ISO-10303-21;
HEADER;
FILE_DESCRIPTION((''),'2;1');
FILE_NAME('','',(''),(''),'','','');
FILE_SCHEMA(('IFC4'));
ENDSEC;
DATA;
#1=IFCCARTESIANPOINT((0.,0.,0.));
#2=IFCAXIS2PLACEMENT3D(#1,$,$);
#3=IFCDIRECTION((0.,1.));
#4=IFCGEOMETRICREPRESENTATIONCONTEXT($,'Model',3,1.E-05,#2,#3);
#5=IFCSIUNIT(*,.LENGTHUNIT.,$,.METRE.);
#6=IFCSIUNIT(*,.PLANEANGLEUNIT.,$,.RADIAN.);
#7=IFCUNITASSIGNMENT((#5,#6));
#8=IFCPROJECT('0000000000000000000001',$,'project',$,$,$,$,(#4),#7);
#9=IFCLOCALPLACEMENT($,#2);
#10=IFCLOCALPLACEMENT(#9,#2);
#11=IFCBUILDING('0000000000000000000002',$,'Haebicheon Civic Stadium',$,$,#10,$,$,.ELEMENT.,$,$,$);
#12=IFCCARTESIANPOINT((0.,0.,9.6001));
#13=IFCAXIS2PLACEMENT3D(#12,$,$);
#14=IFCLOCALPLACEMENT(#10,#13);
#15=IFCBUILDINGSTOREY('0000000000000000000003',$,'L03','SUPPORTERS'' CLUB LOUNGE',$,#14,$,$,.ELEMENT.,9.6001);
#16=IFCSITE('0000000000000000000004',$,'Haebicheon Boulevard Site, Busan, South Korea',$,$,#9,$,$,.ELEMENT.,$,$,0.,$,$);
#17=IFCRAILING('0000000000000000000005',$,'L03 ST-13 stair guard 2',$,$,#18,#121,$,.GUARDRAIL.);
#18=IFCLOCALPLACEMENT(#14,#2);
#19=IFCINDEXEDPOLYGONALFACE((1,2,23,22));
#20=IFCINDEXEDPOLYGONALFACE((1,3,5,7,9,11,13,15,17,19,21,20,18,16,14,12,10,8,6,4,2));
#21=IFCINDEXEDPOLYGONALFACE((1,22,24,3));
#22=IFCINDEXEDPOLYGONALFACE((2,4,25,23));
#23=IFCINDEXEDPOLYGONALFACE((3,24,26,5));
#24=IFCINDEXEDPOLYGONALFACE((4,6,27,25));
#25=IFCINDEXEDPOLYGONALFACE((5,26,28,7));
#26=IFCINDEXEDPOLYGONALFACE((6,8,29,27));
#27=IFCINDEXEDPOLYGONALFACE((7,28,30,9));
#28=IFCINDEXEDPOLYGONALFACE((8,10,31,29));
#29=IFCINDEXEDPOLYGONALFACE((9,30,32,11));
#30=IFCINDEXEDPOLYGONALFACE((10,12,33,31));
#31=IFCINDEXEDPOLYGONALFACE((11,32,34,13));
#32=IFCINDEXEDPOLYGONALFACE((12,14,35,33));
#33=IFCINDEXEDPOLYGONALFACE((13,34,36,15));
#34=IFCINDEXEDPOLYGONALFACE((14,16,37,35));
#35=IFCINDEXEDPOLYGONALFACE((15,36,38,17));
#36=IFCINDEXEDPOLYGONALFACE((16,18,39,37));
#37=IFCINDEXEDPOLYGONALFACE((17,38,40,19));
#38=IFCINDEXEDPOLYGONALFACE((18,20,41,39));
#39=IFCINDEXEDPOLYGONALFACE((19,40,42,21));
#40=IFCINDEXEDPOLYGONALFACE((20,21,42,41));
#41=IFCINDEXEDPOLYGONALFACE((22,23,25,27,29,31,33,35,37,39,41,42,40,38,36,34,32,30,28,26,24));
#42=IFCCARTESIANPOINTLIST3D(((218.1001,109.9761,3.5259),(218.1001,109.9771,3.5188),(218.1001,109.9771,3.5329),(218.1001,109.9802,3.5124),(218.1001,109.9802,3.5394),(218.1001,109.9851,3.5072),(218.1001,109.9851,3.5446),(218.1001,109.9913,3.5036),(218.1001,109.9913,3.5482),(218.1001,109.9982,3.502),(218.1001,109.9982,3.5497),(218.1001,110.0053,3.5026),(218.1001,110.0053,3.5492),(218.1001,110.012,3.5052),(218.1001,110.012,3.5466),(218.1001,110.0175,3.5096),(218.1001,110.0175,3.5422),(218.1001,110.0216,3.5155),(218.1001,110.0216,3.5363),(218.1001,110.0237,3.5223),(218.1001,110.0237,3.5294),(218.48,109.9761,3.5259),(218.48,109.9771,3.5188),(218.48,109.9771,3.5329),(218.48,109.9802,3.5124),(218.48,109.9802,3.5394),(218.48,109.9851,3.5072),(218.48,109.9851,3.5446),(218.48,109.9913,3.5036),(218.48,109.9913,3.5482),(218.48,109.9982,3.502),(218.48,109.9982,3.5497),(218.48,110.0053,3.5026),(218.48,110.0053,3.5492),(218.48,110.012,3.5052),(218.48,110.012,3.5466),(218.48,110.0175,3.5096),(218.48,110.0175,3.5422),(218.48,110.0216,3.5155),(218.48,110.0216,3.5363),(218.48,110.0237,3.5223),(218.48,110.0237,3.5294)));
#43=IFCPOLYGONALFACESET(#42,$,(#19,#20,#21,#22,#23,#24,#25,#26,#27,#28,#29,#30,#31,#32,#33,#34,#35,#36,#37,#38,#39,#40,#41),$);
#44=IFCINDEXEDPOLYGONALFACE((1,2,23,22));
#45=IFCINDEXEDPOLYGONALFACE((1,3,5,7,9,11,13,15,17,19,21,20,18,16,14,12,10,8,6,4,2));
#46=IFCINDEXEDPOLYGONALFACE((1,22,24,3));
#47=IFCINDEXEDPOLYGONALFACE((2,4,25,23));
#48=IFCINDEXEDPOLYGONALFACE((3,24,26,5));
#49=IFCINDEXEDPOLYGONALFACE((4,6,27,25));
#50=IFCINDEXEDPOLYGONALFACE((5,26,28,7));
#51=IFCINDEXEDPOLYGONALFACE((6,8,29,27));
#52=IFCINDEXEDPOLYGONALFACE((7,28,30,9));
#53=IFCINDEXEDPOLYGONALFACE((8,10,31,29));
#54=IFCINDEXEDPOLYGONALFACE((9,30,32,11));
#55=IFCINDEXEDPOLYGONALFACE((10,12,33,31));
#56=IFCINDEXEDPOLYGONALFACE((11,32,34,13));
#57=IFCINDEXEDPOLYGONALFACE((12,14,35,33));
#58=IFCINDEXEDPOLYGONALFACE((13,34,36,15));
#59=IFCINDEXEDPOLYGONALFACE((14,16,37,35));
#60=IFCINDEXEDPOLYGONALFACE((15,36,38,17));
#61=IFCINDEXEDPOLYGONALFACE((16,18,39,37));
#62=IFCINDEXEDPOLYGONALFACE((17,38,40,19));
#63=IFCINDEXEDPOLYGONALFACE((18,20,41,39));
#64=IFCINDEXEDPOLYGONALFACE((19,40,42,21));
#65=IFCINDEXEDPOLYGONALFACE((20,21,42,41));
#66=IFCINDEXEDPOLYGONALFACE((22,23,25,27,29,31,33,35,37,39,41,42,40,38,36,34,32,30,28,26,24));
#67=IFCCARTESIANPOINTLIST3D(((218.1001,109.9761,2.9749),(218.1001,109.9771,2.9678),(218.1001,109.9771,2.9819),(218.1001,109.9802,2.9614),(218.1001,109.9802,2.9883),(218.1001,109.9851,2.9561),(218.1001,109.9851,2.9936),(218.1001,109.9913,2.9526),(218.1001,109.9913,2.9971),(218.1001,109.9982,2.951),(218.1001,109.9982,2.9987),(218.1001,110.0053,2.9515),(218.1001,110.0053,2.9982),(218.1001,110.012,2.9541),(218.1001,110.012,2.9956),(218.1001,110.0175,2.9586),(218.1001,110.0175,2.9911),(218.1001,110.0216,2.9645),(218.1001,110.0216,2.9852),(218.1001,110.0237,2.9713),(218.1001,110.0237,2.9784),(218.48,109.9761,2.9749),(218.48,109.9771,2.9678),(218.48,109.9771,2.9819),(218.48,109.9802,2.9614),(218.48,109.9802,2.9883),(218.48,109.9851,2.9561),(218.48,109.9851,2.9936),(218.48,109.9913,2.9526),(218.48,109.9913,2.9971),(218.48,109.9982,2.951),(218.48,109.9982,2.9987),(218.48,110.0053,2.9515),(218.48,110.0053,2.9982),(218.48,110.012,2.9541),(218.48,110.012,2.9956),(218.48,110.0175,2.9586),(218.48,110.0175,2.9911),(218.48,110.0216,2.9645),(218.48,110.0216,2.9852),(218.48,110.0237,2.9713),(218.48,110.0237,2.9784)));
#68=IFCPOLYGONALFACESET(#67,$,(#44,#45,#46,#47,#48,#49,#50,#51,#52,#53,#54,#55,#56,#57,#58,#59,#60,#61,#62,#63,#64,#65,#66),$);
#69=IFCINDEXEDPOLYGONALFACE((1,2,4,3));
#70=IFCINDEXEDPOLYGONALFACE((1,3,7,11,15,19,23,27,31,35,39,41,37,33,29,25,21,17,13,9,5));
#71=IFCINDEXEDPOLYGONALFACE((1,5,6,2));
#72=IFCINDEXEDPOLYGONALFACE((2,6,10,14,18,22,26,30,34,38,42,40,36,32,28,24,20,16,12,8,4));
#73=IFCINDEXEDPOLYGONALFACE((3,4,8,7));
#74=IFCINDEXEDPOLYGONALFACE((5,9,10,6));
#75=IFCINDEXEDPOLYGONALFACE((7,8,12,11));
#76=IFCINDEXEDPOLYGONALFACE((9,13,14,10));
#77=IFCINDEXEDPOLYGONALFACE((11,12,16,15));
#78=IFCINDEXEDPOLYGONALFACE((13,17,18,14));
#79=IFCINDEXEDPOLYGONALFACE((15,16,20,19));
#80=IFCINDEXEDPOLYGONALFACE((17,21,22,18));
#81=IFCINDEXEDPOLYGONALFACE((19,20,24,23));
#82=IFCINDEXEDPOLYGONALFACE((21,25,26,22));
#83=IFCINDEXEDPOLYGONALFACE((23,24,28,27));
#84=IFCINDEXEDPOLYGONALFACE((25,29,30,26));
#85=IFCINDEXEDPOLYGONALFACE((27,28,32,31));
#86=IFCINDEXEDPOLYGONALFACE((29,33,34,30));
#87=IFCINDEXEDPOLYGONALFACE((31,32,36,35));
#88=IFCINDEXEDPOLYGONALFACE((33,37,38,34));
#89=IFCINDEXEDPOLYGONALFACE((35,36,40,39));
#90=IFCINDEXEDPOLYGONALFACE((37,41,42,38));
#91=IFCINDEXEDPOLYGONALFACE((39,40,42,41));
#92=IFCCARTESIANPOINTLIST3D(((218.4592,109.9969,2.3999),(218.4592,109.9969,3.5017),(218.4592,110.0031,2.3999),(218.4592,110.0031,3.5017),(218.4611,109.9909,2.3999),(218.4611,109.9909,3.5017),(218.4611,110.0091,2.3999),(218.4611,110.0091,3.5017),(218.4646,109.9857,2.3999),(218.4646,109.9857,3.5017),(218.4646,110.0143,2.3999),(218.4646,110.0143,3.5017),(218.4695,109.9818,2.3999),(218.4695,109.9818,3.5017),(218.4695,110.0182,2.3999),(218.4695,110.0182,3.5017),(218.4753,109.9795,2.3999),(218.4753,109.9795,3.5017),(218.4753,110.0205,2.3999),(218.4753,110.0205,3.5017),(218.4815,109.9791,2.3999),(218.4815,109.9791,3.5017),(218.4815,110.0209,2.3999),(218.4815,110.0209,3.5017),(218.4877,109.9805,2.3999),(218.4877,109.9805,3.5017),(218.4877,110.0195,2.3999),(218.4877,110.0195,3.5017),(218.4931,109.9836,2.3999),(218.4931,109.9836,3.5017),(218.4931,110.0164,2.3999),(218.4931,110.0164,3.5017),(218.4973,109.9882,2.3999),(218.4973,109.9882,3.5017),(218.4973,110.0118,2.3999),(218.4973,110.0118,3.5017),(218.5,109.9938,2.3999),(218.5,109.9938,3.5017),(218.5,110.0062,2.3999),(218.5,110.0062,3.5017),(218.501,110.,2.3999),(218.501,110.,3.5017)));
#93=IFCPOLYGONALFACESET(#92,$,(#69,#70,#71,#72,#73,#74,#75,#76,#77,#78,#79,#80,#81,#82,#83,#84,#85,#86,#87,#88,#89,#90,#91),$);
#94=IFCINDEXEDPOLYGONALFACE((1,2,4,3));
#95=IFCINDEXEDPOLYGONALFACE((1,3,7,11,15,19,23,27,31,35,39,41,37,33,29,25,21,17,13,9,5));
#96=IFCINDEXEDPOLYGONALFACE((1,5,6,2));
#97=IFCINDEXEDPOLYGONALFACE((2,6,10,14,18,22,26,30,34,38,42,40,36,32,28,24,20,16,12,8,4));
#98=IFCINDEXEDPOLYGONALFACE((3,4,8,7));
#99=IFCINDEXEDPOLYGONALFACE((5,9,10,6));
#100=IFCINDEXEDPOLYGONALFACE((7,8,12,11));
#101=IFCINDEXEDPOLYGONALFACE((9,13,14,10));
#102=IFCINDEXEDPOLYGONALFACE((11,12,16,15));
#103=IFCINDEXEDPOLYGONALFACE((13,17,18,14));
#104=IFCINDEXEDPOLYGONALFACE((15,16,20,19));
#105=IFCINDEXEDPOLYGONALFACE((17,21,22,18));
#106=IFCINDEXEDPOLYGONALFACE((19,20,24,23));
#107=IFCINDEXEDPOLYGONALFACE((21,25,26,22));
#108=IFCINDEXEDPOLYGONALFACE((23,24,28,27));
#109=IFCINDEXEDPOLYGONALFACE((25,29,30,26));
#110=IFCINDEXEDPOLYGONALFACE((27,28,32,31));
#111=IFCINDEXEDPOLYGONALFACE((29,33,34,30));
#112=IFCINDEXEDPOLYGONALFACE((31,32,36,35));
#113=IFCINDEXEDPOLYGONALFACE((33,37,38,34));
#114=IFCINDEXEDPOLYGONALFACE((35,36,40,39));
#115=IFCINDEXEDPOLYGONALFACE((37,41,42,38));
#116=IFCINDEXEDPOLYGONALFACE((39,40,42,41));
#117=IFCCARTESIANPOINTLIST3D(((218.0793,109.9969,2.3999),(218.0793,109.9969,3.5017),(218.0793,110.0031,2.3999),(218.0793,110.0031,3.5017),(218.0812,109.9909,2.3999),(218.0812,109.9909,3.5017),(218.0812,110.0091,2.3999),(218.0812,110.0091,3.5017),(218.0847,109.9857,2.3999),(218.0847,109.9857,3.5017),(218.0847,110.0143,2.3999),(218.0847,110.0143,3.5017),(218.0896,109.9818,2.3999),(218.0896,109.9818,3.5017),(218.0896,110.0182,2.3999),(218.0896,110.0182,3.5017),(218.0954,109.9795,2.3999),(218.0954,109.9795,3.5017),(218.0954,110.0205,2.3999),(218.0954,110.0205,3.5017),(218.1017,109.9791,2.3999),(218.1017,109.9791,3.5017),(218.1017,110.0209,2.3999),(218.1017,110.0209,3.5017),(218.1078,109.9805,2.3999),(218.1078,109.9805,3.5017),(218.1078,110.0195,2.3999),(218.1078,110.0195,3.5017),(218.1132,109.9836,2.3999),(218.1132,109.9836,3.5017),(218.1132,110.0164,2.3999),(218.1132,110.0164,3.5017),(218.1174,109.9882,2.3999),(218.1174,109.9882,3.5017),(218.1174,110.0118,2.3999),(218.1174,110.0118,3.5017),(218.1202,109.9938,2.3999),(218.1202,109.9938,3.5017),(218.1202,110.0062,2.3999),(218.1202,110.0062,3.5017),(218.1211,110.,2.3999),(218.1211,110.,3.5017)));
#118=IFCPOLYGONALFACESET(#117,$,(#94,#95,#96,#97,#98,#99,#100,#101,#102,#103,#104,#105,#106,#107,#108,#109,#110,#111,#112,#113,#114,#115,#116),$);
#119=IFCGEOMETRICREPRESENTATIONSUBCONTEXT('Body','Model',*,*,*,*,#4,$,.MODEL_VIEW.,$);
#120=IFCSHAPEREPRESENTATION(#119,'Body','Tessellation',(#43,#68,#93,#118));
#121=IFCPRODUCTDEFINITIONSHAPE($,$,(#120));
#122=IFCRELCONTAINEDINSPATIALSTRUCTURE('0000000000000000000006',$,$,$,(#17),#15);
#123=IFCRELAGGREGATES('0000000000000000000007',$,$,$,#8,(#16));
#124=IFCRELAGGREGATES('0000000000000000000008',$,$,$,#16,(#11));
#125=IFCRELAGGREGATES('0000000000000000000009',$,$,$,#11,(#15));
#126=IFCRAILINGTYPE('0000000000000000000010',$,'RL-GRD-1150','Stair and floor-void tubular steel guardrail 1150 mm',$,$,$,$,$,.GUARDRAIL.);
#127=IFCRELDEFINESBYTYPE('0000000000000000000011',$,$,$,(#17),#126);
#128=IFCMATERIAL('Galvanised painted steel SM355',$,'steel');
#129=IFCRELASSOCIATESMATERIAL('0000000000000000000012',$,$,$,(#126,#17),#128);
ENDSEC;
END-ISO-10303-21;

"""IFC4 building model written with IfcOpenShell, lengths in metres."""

from ifc_helpers import new_model, si_unit, direction, frame, origin, origin_2d, place, context, subcontext, project, spatial, circle, extrude, material, type_object, element, save


model = new_model("IFC4")

# Units and contexts
model_context = context("Model", 3, precision=1e-05, world=origin(), true_north=direction((0.0, 1.0)))
body_context = subcontext(model_context, "Body", "Model", "MODEL_VIEW")
ifc_project = project(units=[si_unit("LENGTHUNIT", "METRE"), si_unit("PLANEANGLEUNIT", "RADIAN")], contexts=[model_context])

# Site, building, storey
site_placement = place(None, origin())
site = spatial("IfcSite", under=ifc_project, at=site_placement, Name="Haebicheon Boulevard Site, Busan, South Korea", CompositionType="ELEMENT", RefElevation=0.0)
building_placement = place(site_placement, origin())
building = spatial("IfcBuilding", under=site, at=building_placement, Name="Haebicheon Civic Stadium", CompositionType="ELEMENT")
storey_placement = place(building_placement, frame((0.0, 0.0, 9.6001)))
storey = spatial("IfcBuildingStorey", under=building, at=storey_placement, Name="L03", Description="SUPPORTERS' CLUB LOUNGE", CompositionType="ELEMENT", Elevation=9.6001)

# Railing
ifc_material_1 = material(Name="Galvanised painted steel SM355", Category="steel")
railing_type_1 = type_object("IfcRailingType", Name="RL-GRD-1150", Description="Stair and floor-void tubular steel guardrail 1150 mm", PredefinedType="GUARDRAIL", material=ifc_material_1)
railing_1_placement = place(storey_placement, frame((218.48, 110.0, 2.3999)))
element("IfcRailing", 1, at=railing_1_placement, inside=storey, type_object=railing_type_1, material=ifc_material_1, Name="L03 ST-13 stair guard 2", PredefinedType="GUARDRAIL", context=body_context, shape_type="SweptSolid", body=[
    extrude(circle(Radius=0.0239, at=origin_2d()), frame((0.0, 0.0, 1.126), z_axis=(-1.0, 0.0, 0.0), x_axis=(0.0, -1.0, 0.0)), (0.0, 0.0, 1.0), 0.3799),
    extrude(circle(Radius=0.0239, at=origin_2d()), frame((0.0, 0.0, 0.575), z_axis=(-1.0, 0.0, 0.0), x_axis=(0.0, -1.0, 0.0)), (0.0, 0.0, 1.0), 0.3799),
    extrude(circle(Radius=0.021, at=origin_2d()), origin(), (0.0, 0.0, 1.0), 1.1018),
    extrude(circle(Radius=0.021, at=origin_2d()), frame((-0.3799, 0.0, 0.0)), (0.0, 0.0, 1.0), 1.1018),
])

save(model, "model.ifc")
